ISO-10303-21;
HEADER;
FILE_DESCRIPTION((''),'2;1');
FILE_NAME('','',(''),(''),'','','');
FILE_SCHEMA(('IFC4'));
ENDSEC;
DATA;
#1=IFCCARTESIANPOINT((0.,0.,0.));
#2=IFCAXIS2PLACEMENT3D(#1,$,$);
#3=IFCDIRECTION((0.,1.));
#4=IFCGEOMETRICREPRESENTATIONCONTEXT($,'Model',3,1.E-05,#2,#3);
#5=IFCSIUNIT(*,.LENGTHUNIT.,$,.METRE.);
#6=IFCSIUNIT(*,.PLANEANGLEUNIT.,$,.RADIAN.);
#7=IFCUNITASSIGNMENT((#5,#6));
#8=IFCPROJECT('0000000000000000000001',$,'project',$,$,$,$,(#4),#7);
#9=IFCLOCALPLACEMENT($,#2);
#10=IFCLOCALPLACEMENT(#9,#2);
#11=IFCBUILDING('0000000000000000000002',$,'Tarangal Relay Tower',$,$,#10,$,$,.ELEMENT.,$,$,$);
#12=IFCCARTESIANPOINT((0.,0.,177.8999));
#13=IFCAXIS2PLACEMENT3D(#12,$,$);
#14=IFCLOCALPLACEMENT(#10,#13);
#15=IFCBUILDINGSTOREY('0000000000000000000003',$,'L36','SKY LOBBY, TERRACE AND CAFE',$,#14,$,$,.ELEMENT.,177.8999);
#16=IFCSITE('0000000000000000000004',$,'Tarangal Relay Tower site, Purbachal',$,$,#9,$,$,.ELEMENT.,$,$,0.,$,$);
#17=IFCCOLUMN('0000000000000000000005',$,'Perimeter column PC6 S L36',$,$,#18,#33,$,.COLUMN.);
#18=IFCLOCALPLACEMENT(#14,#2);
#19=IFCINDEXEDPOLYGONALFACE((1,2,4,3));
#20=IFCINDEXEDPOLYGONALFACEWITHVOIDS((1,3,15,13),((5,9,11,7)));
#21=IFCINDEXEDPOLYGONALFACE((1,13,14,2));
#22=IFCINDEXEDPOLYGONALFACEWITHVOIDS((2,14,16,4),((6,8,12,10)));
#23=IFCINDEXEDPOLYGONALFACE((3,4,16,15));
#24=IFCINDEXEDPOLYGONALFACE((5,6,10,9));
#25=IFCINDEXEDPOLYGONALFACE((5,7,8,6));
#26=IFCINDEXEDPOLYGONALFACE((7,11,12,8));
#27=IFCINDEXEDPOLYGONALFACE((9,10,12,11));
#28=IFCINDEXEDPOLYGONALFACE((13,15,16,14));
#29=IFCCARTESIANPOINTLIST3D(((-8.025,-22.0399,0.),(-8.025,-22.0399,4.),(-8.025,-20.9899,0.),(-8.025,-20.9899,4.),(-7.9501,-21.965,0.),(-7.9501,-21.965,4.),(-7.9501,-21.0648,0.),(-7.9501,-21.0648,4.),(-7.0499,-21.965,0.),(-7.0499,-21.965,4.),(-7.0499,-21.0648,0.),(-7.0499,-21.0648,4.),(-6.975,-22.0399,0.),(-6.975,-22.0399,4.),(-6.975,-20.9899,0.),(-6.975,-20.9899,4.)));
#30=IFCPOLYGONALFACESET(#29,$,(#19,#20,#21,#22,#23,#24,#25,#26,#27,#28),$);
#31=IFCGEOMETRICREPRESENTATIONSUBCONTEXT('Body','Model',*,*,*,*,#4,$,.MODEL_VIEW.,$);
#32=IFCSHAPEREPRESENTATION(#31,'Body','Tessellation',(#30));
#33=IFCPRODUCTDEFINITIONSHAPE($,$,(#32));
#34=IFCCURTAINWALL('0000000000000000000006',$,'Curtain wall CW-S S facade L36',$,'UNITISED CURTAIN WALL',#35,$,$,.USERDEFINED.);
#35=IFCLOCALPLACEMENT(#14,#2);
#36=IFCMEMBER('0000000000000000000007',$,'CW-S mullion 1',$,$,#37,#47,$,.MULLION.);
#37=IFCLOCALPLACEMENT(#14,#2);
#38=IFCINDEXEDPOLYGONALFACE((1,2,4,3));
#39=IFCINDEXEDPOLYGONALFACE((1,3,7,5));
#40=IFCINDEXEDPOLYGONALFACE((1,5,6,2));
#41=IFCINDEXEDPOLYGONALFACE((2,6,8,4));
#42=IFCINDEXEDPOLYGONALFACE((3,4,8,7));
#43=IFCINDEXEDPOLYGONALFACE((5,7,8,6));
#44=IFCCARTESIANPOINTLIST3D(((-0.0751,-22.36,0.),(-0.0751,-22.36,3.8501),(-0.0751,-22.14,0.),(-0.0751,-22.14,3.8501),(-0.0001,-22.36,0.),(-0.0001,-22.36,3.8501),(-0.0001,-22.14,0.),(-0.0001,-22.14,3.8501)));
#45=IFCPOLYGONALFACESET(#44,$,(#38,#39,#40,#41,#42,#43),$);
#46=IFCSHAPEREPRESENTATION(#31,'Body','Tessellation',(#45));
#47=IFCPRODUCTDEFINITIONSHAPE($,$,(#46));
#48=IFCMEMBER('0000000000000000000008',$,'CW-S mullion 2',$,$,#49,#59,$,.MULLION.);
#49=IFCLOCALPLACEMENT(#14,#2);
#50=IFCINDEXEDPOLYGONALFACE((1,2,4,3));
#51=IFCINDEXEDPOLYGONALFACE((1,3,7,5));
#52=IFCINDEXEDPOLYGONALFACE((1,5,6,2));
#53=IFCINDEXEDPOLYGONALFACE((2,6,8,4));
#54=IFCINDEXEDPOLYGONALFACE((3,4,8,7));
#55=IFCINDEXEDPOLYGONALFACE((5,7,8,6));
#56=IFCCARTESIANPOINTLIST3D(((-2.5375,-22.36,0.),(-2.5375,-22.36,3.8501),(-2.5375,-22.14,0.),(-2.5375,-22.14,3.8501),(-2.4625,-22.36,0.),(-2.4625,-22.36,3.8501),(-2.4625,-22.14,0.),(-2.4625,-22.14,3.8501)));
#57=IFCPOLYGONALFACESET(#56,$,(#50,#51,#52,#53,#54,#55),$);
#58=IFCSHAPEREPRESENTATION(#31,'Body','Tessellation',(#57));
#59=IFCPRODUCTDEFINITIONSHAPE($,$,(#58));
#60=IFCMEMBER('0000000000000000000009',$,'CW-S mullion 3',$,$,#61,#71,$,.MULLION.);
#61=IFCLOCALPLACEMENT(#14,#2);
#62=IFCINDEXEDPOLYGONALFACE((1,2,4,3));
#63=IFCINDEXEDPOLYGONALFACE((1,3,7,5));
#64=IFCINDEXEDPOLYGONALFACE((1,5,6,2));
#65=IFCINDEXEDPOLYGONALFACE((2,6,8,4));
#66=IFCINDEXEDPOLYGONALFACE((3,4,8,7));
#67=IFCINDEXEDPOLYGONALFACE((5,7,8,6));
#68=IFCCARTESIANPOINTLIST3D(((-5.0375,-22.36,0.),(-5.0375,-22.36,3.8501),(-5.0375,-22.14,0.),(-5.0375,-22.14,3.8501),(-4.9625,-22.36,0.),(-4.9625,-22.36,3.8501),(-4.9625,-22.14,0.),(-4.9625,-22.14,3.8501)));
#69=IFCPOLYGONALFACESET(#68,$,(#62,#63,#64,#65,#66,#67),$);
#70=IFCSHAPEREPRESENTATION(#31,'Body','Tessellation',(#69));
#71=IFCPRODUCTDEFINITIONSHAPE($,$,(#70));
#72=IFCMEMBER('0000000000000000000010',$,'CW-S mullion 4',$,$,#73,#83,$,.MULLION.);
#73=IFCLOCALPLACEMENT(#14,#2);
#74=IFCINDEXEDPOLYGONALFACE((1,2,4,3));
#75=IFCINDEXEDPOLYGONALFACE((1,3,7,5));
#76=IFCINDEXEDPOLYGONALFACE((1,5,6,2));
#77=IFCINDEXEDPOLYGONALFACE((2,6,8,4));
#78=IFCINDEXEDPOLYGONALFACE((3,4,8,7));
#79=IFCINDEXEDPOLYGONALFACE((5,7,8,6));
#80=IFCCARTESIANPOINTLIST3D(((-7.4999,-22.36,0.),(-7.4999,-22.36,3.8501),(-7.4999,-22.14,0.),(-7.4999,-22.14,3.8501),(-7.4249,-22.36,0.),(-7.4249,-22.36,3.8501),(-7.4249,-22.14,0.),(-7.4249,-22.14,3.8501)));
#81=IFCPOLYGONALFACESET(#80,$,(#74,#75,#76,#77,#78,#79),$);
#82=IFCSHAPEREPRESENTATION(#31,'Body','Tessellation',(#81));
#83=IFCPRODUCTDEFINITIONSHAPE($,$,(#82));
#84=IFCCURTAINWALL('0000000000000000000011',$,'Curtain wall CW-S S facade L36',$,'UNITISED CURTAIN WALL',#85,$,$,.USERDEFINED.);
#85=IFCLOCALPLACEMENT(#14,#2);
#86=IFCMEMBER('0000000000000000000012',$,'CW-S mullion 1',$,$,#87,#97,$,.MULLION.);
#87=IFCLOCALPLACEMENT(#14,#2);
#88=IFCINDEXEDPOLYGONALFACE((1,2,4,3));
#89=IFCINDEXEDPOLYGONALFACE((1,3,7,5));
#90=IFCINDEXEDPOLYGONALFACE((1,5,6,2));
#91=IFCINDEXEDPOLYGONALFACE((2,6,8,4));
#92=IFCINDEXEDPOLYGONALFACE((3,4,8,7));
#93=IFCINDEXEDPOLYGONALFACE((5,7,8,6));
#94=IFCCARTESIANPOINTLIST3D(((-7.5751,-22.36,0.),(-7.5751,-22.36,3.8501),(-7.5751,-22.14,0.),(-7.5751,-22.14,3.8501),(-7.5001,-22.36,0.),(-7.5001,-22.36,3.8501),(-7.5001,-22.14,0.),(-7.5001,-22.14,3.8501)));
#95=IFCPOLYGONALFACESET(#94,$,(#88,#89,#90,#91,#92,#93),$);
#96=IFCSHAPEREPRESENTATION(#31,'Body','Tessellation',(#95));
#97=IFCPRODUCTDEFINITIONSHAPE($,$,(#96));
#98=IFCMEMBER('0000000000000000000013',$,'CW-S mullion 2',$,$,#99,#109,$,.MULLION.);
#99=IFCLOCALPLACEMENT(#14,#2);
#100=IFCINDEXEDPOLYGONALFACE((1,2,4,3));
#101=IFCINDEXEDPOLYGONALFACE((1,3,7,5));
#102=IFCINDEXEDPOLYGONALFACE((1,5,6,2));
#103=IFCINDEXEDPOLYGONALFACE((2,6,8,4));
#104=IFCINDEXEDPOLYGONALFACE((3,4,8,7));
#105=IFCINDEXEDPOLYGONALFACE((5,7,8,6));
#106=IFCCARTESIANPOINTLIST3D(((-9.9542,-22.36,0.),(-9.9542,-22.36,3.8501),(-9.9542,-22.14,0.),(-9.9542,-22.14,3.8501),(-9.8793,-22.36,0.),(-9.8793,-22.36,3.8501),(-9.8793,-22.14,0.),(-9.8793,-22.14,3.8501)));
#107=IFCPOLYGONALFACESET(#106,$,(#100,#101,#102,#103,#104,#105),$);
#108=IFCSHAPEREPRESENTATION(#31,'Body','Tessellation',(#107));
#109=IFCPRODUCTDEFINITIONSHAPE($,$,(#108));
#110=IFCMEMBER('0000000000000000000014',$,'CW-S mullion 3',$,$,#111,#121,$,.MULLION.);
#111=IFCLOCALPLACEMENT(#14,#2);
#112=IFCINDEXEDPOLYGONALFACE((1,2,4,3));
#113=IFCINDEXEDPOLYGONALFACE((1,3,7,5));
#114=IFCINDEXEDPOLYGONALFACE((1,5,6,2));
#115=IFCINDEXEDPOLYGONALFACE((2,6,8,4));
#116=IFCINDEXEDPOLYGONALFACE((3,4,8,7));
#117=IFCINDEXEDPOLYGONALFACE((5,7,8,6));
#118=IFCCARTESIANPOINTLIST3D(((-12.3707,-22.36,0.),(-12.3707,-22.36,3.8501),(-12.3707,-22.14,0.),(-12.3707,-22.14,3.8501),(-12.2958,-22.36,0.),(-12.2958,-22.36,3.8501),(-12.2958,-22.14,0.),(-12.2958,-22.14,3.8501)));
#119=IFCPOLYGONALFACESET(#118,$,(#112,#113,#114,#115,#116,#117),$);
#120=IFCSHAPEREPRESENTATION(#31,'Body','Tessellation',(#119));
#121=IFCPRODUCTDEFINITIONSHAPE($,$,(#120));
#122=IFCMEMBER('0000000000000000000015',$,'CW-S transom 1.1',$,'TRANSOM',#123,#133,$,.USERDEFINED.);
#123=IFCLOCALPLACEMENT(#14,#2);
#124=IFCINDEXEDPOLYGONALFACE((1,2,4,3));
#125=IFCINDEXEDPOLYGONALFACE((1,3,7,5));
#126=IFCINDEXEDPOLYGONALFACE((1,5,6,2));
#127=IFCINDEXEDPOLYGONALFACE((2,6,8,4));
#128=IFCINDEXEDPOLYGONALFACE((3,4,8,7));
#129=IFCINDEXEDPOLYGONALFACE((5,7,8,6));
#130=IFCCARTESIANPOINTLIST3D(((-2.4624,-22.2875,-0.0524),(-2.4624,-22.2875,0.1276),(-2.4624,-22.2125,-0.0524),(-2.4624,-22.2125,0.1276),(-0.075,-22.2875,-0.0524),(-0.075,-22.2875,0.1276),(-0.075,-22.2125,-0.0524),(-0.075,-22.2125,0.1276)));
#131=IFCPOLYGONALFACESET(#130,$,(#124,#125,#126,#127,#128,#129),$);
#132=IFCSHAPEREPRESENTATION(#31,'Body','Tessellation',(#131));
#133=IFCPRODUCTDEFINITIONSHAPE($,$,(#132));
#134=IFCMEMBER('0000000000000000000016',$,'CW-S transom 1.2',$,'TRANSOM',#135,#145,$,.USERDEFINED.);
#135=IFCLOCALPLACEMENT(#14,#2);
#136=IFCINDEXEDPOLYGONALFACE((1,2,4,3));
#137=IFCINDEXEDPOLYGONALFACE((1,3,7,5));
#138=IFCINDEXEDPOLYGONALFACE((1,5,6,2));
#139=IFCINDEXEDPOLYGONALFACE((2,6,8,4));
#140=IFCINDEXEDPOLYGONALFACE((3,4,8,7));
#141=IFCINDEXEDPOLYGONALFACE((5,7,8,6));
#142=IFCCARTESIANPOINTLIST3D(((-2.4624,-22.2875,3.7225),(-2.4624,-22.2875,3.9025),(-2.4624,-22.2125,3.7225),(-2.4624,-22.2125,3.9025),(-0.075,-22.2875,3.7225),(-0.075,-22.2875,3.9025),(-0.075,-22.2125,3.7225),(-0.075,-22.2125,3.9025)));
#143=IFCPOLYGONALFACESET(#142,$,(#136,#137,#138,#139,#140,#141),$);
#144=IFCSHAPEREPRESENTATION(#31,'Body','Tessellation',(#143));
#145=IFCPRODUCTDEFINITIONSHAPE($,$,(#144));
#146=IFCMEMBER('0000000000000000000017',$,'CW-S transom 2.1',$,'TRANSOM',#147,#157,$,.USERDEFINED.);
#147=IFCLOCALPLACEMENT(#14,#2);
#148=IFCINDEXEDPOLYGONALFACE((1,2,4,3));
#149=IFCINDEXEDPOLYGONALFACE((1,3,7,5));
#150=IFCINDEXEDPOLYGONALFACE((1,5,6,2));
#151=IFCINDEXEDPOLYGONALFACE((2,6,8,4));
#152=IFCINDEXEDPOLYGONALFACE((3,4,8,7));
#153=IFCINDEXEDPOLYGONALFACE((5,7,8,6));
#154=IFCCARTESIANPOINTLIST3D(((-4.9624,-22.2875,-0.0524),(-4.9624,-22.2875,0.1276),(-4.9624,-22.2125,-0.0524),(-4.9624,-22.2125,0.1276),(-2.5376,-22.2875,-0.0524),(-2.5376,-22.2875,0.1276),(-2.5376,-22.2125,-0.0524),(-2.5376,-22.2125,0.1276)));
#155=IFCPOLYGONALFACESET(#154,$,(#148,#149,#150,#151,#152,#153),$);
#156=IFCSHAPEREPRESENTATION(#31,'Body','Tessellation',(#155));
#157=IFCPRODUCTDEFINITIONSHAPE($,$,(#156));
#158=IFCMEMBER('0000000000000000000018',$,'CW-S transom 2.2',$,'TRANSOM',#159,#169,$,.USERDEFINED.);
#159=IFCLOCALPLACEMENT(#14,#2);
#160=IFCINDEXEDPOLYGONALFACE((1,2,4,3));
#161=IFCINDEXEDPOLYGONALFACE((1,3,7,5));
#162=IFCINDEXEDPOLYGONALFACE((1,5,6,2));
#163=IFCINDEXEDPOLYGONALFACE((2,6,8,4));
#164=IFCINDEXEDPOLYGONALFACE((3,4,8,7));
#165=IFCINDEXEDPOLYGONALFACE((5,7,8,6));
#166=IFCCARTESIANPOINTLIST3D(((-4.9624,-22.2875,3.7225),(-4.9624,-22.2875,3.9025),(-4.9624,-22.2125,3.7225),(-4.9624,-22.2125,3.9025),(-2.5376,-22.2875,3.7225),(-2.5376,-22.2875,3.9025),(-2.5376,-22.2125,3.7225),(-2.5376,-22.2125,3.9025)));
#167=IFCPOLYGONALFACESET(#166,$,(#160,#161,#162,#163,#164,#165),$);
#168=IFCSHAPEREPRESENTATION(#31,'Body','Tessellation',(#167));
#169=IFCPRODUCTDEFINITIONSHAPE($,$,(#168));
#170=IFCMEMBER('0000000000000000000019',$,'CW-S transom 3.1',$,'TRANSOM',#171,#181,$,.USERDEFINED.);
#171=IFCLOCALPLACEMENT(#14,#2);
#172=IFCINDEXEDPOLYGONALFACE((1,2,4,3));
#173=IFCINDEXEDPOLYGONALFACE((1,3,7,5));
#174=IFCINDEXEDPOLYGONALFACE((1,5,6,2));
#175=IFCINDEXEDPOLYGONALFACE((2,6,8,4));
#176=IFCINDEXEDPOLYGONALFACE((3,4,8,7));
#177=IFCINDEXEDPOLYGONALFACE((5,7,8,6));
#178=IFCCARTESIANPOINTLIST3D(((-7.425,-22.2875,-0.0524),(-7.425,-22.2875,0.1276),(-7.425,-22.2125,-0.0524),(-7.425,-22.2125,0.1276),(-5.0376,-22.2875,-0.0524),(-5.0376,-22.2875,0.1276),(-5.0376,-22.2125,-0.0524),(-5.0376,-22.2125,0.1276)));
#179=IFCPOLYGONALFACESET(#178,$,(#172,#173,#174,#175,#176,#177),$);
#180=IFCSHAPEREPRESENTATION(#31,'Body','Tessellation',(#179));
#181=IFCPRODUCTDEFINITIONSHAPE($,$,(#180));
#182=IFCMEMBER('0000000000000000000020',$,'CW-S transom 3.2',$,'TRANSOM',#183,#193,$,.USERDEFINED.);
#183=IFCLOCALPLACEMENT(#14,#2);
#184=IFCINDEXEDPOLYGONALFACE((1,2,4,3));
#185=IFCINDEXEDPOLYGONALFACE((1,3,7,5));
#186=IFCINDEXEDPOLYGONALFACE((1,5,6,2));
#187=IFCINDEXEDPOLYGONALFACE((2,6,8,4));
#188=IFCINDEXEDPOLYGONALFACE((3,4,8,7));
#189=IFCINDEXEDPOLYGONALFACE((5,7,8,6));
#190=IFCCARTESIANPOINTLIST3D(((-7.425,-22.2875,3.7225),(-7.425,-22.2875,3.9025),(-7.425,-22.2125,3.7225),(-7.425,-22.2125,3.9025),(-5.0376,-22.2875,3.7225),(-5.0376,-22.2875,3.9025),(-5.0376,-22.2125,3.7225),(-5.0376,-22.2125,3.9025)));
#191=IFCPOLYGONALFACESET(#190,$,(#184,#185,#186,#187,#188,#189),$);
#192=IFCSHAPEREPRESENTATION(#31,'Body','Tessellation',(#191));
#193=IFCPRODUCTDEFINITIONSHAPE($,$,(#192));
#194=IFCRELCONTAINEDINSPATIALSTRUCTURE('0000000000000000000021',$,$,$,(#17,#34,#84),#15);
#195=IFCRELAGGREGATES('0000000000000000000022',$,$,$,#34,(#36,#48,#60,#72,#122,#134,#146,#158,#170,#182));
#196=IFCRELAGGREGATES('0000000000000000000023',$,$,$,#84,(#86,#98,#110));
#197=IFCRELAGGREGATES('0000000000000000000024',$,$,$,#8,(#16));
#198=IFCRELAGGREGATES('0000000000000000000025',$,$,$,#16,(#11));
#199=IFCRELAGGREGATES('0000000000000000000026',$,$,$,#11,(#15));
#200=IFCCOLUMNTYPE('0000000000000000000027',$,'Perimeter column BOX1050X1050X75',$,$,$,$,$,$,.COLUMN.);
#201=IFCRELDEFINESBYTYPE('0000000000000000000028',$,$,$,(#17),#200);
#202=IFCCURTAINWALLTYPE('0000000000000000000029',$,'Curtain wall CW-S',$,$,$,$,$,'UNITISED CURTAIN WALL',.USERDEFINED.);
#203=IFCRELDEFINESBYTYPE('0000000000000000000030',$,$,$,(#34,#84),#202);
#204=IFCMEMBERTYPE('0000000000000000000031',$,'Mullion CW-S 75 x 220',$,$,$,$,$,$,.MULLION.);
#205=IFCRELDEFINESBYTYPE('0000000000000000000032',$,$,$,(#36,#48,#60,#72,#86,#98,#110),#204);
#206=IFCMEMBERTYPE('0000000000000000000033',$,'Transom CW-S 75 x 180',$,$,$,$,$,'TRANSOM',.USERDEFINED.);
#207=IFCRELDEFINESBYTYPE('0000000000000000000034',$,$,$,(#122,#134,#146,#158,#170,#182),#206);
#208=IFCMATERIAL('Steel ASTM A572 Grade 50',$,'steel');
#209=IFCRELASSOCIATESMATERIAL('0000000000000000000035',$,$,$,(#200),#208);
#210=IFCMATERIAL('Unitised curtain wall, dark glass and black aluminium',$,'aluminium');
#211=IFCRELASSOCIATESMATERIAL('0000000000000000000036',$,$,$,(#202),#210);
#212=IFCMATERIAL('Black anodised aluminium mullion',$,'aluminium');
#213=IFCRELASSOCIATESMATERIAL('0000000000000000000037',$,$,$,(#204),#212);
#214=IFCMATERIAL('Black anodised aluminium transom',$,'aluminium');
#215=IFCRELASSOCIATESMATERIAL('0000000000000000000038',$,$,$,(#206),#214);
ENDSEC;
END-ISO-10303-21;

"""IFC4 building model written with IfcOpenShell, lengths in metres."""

from ifc_helpers import new_model, si_unit, direction, frame, origin, origin_2d, place, context, subcontext, project, spatial, rectangle, hollow_rectangle, extrude, material, material_profile, profile_set, type_object, element, aggregate, save


model = new_model("IFC4")

# Units and contexts
model_context = context("Model", 3, precision=1e-05, world=origin(), true_north=direction((0.0, 1.0)))
body_context = subcontext(model_context, "Body", "Model", "MODEL_VIEW")
ifc_project = project(units=[si_unit("LENGTHUNIT", "METRE"), si_unit("PLANEANGLEUNIT", "RADIAN")], contexts=[model_context])

# Site, building, storey
site_placement = place(None, origin())
site = spatial("IfcSite", under=ifc_project, at=site_placement, Name="Tarangal Relay Tower site, Purbachal", CompositionType="ELEMENT", RefElevation=0.0)
building_placement = place(site_placement, origin())
building = spatial("IfcBuilding", under=site, at=building_placement, Name="Tarangal Relay Tower", CompositionType="ELEMENT")
storey_placement = place(building_placement, frame((0.0, 0.0, 177.8999)))
storey = spatial("IfcBuildingStorey", under=building, at=storey_placement, Name="L36", Description="SKY LOBBY, TERRACE AND CAFE", CompositionType="ELEMENT", Elevation=177.8999)

# Column
ifc_material_1 = material(Name="Steel ASTM A572 Grade 50", Category="steel")
ifc_material_profile_1 = material_profile(ifc_material_1, hollow_rectangle(XDim=1.05, YDim=1.05, WallThickness=0.075, at=origin_2d()), Name="BOX1050X1050X75")
ifc_profile_set_1 = profile_set([ifc_material_profile_1], Name="Steel ASTM A572 Grade 50")
column_type = type_object("IfcColumnType", Name="Perimeter column BOX1050X1050X75", PredefinedType="COLUMN", material=ifc_profile_set_1)
column_placement = place(storey_placement, frame((-7.5, -21.5149, 0.0), z_axis=(0.0, 0.0, 1.0), x_axis=(1.0, 0.0, 0.0)))
element("IfcColumn", 1, at=column_placement, inside=storey, type_object=column_type, Name="Perimeter column PC6 S L36", PredefinedType="COLUMN", context=body_context, shape_type="SweptSolid", body=[
    extrude(hollow_rectangle(XDim=1.05, YDim=1.05, WallThickness=0.075, at=origin_2d()), origin(), (0.0, 0.0, 1.0), 4.0),
])

# Curtain walls, members
ifc_material_2 = material(Name="Unitised curtain wall, dark glass and black aluminium", Category="aluminium")
curtain_wall_type = type_object("IfcCurtainWallType", Name="Curtain wall CW-S", ElementType="UNITISED CURTAIN WALL", PredefinedType="USERDEFINED", material=ifc_material_2)
curtain_wall_1_placement = place(storey_placement, origin())
curtain_wall_1 = element("IfcCurtainWall", 2, at=curtain_wall_1_placement, inside=storey, type_object=curtain_wall_type, Name="Curtain wall CW-S S facade L36", ObjectType="UNITISED CURTAIN WALL", PredefinedType="USERDEFINED")
ifc_material_3 = material(Name="Black anodised aluminium mullion", Category="aluminium")
ifc_material_profile_2 = material_profile(ifc_material_3, rectangle(XDim=0.22, YDim=0.075, at=origin_2d()), Name="CW-SM 75X220")
ifc_profile_set_2 = profile_set([ifc_material_profile_2], Name="Black anodised aluminium mullion")
member_type_1 = type_object("IfcMemberType", Name="Mullion CW-S 75 x 220", PredefinedType="MULLION", material=ifc_profile_set_2)
member_1_placement = place(storey_placement, frame((-0.0376, -22.25, 0.0), z_axis=(0.0, 0.0, 1.0), x_axis=(0.0, -1.0, 0.0)))
member_1 = element("IfcMember", 3, at=member_1_placement, type_object=member_type_1, Name="CW-S mullion 1", PredefinedType="MULLION", context=body_context, shape_type="SweptSolid", body=[
    extrude(rectangle(XDim=0.22, YDim=0.075, at=origin_2d()), origin(), (0.0, 0.0, 1.0), 3.8501),
])
member_2_placement = place(storey_placement, frame((-2.5, -22.25, 0.0), z_axis=(0.0, 0.0, 1.0), x_axis=(0.0, -1.0, 0.0)))
member_2 = element("IfcMember", 4, at=member_2_placement, type_object=member_type_1, Name="CW-S mullion 2", PredefinedType="MULLION", context=body_context, shape_type="SweptSolid", body=[
    extrude(rectangle(XDim=0.22, YDim=0.075, at=origin_2d()), origin(), (0.0, 0.0, 1.0), 3.8501),
])
member_3_placement = place(storey_placement, frame((-5.0, -22.25, 0.0), z_axis=(0.0, 0.0, 1.0), x_axis=(0.0, -1.0, 0.0)))
member_3 = element("IfcMember", 5, at=member_3_placement, type_object=member_type_1, Name="CW-S mullion 3", PredefinedType="MULLION", context=body_context, shape_type="SweptSolid", body=[
    extrude(rectangle(XDim=0.22, YDim=0.075, at=origin_2d()), origin(), (0.0, 0.0, 1.0), 3.8501),
])
member_4_placement = place(storey_placement, frame((-7.4624, -22.25, 0.0), z_axis=(0.0, 0.0, 1.0), x_axis=(0.0, -1.0, 0.0)))
member_4 = element("IfcMember", 6, at=member_4_placement, type_object=member_type_1, Name="CW-S mullion 4", PredefinedType="MULLION", context=body_context, shape_type="SweptSolid", body=[
    extrude(rectangle(XDim=0.22, YDim=0.075, at=origin_2d()), origin(), (0.0, 0.0, 1.0), 3.8501),
])
curtain_wall_2_placement = place(storey_placement, origin())
curtain_wall_2 = element("IfcCurtainWall", 7, at=curtain_wall_2_placement, inside=storey, type_object=curtain_wall_type, Name="Curtain wall CW-S S facade L36", ObjectType="UNITISED CURTAIN WALL", PredefinedType="USERDEFINED")
member_5_placement = place(storey_placement, frame((-7.5376, -22.25, 0.0), z_axis=(0.0, 0.0, 1.0), x_axis=(0.0, -1.0, 0.0)))
member_5 = element("IfcMember", 8, at=member_5_placement, type_object=member_type_1, Name="CW-S mullion 1", PredefinedType="MULLION", context=body_context, shape_type="SweptSolid", body=[
    extrude(rectangle(XDim=0.22, YDim=0.075, at=origin_2d()), origin(), (0.0, 0.0, 1.0), 3.8501),
])
member_6_placement = place(storey_placement, frame((-9.9167, -22.25, 0.0), z_axis=(0.0, 0.0, 1.0), x_axis=(0.0, -1.0, 0.0)))
member_6 = element("IfcMember", 9, at=member_6_placement, type_object=member_type_1, Name="CW-S mullion 2", PredefinedType="MULLION", context=body_context, shape_type="SweptSolid", body=[
    extrude(rectangle(XDim=0.22, YDim=0.075, at=origin_2d()), origin(), (0.0, 0.0, 1.0), 3.8501),
])
member_7_placement = place(storey_placement, frame((-12.3333, -22.25, 0.0), z_axis=(0.0, 0.0, 1.0), x_axis=(0.0, -1.0, 0.0)))
member_7 = element("IfcMember", 10, at=member_7_placement, type_object=member_type_1, Name="CW-S mullion 3", PredefinedType="MULLION", context=body_context, shape_type="SweptSolid", body=[
    extrude(rectangle(XDim=0.22, YDim=0.075, at=origin_2d()), origin(), (0.0, 0.0, 1.0), 3.8501),
])

# Members
ifc_material_4 = material(Name="Black anodised aluminium transom", Category="aluminium")
ifc_material_profile_3 = material_profile(ifc_material_4, rectangle(XDim=0.075, YDim=0.1799, at=origin_2d()), Name="CW-ST 75X180")
ifc_profile_set_3 = profile_set([ifc_material_profile_3], Name="Black anodised aluminium transom")
member_type_2 = type_object("IfcMemberType", Name="Transom CW-S 75 x 180", ElementType="TRANSOM", PredefinedType="USERDEFINED", material=ifc_profile_set_3)
member_8_placement = place(storey_placement, frame((-0.075, -22.25, 0.0376), z_axis=(-1.0, 0.0, 0.0), x_axis=(0.0, -1.0, 0.0)))
member_8 = element("IfcMember", 11, at=member_8_placement, type_object=member_type_2, Name="CW-S transom 1.1", ObjectType="TRANSOM", PredefinedType="USERDEFINED", context=body_context, shape_type="SweptSolid", body=[
    extrude(rectangle(XDim=0.075, YDim=0.1799, at=origin_2d()), origin(), (0.0, 0.0, 1.0), 2.3875),
])
member_9_placement = place(storey_placement, frame((-0.075, -22.25, 3.8125), z_axis=(-1.0, 0.0, 0.0), x_axis=(0.0, -1.0, 0.0)))
member_9 = element("IfcMember", 12, at=member_9_placement, type_object=member_type_2, Name="CW-S transom 1.2", ObjectType="TRANSOM", PredefinedType="USERDEFINED", context=body_context, shape_type="SweptSolid", body=[
    extrude(rectangle(XDim=0.075, YDim=0.1799, at=origin_2d()), origin(), (0.0, 0.0, 1.0), 2.3875),
])
member_10_placement = place(storey_placement, frame((-2.5376, -22.25, 0.0376), z_axis=(-1.0, 0.0, 0.0), x_axis=(0.0, -1.0, 0.0)))
member_10 = element("IfcMember", 13, at=member_10_placement, type_object=member_type_2, Name="CW-S transom 2.1", ObjectType="TRANSOM", PredefinedType="USERDEFINED", context=body_context, shape_type="SweptSolid", body=[
    extrude(rectangle(XDim=0.075, YDim=0.1799, at=origin_2d()), origin(), (0.0, 0.0, 1.0), 2.4248),
])
member_11_placement = place(storey_placement, frame((-2.5376, -22.25, 3.8125), z_axis=(-1.0, 0.0, 0.0), x_axis=(0.0, -1.0, 0.0)))
member_11 = element("IfcMember", 14, at=member_11_placement, type_object=member_type_2, Name="CW-S transom 2.2", ObjectType="TRANSOM", PredefinedType="USERDEFINED", context=body_context, shape_type="SweptSolid", body=[
    extrude(rectangle(XDim=0.075, YDim=0.1799, at=origin_2d()), origin(), (0.0, 0.0, 1.0), 2.4248),
])
member_12_placement = place(storey_placement, frame((-5.0376, -22.25, 0.0376), z_axis=(-1.0, 0.0, 0.0), x_axis=(0.0, -1.0, 0.0)))
member_12 = element("IfcMember", 15, at=member_12_placement, type_object=member_type_2, Name="CW-S transom 3.1", ObjectType="TRANSOM", PredefinedType="USERDEFINED", context=body_context, shape_type="SweptSolid", body=[
    extrude(rectangle(XDim=0.075, YDim=0.1799, at=origin_2d()), origin(), (0.0, 0.0, 1.0), 2.3875),
])
member_13_placement = place(storey_placement, frame((-5.0376, -22.25, 3.8125), z_axis=(-1.0, 0.0, 0.0), x_axis=(0.0, -1.0, 0.0)))
member_13 = element("IfcMember", 16, at=member_13_placement, type_object=member_type_2, Name="CW-S transom 3.2", ObjectType="TRANSOM", PredefinedType="USERDEFINED", context=body_context, shape_type="SweptSolid", body=[
    extrude(rectangle(XDim=0.075, YDim=0.1799, at=origin_2d()), origin(), (0.0, 0.0, 1.0), 2.3875),
])

aggregate(curtain_wall_1, [member_1, member_2, member_3, member_4, member_8, member_9, member_10, member_11, member_12, member_13])
aggregate(curtain_wall_2, [member_5, member_6, member_7])

save(model, "model.ifc")
